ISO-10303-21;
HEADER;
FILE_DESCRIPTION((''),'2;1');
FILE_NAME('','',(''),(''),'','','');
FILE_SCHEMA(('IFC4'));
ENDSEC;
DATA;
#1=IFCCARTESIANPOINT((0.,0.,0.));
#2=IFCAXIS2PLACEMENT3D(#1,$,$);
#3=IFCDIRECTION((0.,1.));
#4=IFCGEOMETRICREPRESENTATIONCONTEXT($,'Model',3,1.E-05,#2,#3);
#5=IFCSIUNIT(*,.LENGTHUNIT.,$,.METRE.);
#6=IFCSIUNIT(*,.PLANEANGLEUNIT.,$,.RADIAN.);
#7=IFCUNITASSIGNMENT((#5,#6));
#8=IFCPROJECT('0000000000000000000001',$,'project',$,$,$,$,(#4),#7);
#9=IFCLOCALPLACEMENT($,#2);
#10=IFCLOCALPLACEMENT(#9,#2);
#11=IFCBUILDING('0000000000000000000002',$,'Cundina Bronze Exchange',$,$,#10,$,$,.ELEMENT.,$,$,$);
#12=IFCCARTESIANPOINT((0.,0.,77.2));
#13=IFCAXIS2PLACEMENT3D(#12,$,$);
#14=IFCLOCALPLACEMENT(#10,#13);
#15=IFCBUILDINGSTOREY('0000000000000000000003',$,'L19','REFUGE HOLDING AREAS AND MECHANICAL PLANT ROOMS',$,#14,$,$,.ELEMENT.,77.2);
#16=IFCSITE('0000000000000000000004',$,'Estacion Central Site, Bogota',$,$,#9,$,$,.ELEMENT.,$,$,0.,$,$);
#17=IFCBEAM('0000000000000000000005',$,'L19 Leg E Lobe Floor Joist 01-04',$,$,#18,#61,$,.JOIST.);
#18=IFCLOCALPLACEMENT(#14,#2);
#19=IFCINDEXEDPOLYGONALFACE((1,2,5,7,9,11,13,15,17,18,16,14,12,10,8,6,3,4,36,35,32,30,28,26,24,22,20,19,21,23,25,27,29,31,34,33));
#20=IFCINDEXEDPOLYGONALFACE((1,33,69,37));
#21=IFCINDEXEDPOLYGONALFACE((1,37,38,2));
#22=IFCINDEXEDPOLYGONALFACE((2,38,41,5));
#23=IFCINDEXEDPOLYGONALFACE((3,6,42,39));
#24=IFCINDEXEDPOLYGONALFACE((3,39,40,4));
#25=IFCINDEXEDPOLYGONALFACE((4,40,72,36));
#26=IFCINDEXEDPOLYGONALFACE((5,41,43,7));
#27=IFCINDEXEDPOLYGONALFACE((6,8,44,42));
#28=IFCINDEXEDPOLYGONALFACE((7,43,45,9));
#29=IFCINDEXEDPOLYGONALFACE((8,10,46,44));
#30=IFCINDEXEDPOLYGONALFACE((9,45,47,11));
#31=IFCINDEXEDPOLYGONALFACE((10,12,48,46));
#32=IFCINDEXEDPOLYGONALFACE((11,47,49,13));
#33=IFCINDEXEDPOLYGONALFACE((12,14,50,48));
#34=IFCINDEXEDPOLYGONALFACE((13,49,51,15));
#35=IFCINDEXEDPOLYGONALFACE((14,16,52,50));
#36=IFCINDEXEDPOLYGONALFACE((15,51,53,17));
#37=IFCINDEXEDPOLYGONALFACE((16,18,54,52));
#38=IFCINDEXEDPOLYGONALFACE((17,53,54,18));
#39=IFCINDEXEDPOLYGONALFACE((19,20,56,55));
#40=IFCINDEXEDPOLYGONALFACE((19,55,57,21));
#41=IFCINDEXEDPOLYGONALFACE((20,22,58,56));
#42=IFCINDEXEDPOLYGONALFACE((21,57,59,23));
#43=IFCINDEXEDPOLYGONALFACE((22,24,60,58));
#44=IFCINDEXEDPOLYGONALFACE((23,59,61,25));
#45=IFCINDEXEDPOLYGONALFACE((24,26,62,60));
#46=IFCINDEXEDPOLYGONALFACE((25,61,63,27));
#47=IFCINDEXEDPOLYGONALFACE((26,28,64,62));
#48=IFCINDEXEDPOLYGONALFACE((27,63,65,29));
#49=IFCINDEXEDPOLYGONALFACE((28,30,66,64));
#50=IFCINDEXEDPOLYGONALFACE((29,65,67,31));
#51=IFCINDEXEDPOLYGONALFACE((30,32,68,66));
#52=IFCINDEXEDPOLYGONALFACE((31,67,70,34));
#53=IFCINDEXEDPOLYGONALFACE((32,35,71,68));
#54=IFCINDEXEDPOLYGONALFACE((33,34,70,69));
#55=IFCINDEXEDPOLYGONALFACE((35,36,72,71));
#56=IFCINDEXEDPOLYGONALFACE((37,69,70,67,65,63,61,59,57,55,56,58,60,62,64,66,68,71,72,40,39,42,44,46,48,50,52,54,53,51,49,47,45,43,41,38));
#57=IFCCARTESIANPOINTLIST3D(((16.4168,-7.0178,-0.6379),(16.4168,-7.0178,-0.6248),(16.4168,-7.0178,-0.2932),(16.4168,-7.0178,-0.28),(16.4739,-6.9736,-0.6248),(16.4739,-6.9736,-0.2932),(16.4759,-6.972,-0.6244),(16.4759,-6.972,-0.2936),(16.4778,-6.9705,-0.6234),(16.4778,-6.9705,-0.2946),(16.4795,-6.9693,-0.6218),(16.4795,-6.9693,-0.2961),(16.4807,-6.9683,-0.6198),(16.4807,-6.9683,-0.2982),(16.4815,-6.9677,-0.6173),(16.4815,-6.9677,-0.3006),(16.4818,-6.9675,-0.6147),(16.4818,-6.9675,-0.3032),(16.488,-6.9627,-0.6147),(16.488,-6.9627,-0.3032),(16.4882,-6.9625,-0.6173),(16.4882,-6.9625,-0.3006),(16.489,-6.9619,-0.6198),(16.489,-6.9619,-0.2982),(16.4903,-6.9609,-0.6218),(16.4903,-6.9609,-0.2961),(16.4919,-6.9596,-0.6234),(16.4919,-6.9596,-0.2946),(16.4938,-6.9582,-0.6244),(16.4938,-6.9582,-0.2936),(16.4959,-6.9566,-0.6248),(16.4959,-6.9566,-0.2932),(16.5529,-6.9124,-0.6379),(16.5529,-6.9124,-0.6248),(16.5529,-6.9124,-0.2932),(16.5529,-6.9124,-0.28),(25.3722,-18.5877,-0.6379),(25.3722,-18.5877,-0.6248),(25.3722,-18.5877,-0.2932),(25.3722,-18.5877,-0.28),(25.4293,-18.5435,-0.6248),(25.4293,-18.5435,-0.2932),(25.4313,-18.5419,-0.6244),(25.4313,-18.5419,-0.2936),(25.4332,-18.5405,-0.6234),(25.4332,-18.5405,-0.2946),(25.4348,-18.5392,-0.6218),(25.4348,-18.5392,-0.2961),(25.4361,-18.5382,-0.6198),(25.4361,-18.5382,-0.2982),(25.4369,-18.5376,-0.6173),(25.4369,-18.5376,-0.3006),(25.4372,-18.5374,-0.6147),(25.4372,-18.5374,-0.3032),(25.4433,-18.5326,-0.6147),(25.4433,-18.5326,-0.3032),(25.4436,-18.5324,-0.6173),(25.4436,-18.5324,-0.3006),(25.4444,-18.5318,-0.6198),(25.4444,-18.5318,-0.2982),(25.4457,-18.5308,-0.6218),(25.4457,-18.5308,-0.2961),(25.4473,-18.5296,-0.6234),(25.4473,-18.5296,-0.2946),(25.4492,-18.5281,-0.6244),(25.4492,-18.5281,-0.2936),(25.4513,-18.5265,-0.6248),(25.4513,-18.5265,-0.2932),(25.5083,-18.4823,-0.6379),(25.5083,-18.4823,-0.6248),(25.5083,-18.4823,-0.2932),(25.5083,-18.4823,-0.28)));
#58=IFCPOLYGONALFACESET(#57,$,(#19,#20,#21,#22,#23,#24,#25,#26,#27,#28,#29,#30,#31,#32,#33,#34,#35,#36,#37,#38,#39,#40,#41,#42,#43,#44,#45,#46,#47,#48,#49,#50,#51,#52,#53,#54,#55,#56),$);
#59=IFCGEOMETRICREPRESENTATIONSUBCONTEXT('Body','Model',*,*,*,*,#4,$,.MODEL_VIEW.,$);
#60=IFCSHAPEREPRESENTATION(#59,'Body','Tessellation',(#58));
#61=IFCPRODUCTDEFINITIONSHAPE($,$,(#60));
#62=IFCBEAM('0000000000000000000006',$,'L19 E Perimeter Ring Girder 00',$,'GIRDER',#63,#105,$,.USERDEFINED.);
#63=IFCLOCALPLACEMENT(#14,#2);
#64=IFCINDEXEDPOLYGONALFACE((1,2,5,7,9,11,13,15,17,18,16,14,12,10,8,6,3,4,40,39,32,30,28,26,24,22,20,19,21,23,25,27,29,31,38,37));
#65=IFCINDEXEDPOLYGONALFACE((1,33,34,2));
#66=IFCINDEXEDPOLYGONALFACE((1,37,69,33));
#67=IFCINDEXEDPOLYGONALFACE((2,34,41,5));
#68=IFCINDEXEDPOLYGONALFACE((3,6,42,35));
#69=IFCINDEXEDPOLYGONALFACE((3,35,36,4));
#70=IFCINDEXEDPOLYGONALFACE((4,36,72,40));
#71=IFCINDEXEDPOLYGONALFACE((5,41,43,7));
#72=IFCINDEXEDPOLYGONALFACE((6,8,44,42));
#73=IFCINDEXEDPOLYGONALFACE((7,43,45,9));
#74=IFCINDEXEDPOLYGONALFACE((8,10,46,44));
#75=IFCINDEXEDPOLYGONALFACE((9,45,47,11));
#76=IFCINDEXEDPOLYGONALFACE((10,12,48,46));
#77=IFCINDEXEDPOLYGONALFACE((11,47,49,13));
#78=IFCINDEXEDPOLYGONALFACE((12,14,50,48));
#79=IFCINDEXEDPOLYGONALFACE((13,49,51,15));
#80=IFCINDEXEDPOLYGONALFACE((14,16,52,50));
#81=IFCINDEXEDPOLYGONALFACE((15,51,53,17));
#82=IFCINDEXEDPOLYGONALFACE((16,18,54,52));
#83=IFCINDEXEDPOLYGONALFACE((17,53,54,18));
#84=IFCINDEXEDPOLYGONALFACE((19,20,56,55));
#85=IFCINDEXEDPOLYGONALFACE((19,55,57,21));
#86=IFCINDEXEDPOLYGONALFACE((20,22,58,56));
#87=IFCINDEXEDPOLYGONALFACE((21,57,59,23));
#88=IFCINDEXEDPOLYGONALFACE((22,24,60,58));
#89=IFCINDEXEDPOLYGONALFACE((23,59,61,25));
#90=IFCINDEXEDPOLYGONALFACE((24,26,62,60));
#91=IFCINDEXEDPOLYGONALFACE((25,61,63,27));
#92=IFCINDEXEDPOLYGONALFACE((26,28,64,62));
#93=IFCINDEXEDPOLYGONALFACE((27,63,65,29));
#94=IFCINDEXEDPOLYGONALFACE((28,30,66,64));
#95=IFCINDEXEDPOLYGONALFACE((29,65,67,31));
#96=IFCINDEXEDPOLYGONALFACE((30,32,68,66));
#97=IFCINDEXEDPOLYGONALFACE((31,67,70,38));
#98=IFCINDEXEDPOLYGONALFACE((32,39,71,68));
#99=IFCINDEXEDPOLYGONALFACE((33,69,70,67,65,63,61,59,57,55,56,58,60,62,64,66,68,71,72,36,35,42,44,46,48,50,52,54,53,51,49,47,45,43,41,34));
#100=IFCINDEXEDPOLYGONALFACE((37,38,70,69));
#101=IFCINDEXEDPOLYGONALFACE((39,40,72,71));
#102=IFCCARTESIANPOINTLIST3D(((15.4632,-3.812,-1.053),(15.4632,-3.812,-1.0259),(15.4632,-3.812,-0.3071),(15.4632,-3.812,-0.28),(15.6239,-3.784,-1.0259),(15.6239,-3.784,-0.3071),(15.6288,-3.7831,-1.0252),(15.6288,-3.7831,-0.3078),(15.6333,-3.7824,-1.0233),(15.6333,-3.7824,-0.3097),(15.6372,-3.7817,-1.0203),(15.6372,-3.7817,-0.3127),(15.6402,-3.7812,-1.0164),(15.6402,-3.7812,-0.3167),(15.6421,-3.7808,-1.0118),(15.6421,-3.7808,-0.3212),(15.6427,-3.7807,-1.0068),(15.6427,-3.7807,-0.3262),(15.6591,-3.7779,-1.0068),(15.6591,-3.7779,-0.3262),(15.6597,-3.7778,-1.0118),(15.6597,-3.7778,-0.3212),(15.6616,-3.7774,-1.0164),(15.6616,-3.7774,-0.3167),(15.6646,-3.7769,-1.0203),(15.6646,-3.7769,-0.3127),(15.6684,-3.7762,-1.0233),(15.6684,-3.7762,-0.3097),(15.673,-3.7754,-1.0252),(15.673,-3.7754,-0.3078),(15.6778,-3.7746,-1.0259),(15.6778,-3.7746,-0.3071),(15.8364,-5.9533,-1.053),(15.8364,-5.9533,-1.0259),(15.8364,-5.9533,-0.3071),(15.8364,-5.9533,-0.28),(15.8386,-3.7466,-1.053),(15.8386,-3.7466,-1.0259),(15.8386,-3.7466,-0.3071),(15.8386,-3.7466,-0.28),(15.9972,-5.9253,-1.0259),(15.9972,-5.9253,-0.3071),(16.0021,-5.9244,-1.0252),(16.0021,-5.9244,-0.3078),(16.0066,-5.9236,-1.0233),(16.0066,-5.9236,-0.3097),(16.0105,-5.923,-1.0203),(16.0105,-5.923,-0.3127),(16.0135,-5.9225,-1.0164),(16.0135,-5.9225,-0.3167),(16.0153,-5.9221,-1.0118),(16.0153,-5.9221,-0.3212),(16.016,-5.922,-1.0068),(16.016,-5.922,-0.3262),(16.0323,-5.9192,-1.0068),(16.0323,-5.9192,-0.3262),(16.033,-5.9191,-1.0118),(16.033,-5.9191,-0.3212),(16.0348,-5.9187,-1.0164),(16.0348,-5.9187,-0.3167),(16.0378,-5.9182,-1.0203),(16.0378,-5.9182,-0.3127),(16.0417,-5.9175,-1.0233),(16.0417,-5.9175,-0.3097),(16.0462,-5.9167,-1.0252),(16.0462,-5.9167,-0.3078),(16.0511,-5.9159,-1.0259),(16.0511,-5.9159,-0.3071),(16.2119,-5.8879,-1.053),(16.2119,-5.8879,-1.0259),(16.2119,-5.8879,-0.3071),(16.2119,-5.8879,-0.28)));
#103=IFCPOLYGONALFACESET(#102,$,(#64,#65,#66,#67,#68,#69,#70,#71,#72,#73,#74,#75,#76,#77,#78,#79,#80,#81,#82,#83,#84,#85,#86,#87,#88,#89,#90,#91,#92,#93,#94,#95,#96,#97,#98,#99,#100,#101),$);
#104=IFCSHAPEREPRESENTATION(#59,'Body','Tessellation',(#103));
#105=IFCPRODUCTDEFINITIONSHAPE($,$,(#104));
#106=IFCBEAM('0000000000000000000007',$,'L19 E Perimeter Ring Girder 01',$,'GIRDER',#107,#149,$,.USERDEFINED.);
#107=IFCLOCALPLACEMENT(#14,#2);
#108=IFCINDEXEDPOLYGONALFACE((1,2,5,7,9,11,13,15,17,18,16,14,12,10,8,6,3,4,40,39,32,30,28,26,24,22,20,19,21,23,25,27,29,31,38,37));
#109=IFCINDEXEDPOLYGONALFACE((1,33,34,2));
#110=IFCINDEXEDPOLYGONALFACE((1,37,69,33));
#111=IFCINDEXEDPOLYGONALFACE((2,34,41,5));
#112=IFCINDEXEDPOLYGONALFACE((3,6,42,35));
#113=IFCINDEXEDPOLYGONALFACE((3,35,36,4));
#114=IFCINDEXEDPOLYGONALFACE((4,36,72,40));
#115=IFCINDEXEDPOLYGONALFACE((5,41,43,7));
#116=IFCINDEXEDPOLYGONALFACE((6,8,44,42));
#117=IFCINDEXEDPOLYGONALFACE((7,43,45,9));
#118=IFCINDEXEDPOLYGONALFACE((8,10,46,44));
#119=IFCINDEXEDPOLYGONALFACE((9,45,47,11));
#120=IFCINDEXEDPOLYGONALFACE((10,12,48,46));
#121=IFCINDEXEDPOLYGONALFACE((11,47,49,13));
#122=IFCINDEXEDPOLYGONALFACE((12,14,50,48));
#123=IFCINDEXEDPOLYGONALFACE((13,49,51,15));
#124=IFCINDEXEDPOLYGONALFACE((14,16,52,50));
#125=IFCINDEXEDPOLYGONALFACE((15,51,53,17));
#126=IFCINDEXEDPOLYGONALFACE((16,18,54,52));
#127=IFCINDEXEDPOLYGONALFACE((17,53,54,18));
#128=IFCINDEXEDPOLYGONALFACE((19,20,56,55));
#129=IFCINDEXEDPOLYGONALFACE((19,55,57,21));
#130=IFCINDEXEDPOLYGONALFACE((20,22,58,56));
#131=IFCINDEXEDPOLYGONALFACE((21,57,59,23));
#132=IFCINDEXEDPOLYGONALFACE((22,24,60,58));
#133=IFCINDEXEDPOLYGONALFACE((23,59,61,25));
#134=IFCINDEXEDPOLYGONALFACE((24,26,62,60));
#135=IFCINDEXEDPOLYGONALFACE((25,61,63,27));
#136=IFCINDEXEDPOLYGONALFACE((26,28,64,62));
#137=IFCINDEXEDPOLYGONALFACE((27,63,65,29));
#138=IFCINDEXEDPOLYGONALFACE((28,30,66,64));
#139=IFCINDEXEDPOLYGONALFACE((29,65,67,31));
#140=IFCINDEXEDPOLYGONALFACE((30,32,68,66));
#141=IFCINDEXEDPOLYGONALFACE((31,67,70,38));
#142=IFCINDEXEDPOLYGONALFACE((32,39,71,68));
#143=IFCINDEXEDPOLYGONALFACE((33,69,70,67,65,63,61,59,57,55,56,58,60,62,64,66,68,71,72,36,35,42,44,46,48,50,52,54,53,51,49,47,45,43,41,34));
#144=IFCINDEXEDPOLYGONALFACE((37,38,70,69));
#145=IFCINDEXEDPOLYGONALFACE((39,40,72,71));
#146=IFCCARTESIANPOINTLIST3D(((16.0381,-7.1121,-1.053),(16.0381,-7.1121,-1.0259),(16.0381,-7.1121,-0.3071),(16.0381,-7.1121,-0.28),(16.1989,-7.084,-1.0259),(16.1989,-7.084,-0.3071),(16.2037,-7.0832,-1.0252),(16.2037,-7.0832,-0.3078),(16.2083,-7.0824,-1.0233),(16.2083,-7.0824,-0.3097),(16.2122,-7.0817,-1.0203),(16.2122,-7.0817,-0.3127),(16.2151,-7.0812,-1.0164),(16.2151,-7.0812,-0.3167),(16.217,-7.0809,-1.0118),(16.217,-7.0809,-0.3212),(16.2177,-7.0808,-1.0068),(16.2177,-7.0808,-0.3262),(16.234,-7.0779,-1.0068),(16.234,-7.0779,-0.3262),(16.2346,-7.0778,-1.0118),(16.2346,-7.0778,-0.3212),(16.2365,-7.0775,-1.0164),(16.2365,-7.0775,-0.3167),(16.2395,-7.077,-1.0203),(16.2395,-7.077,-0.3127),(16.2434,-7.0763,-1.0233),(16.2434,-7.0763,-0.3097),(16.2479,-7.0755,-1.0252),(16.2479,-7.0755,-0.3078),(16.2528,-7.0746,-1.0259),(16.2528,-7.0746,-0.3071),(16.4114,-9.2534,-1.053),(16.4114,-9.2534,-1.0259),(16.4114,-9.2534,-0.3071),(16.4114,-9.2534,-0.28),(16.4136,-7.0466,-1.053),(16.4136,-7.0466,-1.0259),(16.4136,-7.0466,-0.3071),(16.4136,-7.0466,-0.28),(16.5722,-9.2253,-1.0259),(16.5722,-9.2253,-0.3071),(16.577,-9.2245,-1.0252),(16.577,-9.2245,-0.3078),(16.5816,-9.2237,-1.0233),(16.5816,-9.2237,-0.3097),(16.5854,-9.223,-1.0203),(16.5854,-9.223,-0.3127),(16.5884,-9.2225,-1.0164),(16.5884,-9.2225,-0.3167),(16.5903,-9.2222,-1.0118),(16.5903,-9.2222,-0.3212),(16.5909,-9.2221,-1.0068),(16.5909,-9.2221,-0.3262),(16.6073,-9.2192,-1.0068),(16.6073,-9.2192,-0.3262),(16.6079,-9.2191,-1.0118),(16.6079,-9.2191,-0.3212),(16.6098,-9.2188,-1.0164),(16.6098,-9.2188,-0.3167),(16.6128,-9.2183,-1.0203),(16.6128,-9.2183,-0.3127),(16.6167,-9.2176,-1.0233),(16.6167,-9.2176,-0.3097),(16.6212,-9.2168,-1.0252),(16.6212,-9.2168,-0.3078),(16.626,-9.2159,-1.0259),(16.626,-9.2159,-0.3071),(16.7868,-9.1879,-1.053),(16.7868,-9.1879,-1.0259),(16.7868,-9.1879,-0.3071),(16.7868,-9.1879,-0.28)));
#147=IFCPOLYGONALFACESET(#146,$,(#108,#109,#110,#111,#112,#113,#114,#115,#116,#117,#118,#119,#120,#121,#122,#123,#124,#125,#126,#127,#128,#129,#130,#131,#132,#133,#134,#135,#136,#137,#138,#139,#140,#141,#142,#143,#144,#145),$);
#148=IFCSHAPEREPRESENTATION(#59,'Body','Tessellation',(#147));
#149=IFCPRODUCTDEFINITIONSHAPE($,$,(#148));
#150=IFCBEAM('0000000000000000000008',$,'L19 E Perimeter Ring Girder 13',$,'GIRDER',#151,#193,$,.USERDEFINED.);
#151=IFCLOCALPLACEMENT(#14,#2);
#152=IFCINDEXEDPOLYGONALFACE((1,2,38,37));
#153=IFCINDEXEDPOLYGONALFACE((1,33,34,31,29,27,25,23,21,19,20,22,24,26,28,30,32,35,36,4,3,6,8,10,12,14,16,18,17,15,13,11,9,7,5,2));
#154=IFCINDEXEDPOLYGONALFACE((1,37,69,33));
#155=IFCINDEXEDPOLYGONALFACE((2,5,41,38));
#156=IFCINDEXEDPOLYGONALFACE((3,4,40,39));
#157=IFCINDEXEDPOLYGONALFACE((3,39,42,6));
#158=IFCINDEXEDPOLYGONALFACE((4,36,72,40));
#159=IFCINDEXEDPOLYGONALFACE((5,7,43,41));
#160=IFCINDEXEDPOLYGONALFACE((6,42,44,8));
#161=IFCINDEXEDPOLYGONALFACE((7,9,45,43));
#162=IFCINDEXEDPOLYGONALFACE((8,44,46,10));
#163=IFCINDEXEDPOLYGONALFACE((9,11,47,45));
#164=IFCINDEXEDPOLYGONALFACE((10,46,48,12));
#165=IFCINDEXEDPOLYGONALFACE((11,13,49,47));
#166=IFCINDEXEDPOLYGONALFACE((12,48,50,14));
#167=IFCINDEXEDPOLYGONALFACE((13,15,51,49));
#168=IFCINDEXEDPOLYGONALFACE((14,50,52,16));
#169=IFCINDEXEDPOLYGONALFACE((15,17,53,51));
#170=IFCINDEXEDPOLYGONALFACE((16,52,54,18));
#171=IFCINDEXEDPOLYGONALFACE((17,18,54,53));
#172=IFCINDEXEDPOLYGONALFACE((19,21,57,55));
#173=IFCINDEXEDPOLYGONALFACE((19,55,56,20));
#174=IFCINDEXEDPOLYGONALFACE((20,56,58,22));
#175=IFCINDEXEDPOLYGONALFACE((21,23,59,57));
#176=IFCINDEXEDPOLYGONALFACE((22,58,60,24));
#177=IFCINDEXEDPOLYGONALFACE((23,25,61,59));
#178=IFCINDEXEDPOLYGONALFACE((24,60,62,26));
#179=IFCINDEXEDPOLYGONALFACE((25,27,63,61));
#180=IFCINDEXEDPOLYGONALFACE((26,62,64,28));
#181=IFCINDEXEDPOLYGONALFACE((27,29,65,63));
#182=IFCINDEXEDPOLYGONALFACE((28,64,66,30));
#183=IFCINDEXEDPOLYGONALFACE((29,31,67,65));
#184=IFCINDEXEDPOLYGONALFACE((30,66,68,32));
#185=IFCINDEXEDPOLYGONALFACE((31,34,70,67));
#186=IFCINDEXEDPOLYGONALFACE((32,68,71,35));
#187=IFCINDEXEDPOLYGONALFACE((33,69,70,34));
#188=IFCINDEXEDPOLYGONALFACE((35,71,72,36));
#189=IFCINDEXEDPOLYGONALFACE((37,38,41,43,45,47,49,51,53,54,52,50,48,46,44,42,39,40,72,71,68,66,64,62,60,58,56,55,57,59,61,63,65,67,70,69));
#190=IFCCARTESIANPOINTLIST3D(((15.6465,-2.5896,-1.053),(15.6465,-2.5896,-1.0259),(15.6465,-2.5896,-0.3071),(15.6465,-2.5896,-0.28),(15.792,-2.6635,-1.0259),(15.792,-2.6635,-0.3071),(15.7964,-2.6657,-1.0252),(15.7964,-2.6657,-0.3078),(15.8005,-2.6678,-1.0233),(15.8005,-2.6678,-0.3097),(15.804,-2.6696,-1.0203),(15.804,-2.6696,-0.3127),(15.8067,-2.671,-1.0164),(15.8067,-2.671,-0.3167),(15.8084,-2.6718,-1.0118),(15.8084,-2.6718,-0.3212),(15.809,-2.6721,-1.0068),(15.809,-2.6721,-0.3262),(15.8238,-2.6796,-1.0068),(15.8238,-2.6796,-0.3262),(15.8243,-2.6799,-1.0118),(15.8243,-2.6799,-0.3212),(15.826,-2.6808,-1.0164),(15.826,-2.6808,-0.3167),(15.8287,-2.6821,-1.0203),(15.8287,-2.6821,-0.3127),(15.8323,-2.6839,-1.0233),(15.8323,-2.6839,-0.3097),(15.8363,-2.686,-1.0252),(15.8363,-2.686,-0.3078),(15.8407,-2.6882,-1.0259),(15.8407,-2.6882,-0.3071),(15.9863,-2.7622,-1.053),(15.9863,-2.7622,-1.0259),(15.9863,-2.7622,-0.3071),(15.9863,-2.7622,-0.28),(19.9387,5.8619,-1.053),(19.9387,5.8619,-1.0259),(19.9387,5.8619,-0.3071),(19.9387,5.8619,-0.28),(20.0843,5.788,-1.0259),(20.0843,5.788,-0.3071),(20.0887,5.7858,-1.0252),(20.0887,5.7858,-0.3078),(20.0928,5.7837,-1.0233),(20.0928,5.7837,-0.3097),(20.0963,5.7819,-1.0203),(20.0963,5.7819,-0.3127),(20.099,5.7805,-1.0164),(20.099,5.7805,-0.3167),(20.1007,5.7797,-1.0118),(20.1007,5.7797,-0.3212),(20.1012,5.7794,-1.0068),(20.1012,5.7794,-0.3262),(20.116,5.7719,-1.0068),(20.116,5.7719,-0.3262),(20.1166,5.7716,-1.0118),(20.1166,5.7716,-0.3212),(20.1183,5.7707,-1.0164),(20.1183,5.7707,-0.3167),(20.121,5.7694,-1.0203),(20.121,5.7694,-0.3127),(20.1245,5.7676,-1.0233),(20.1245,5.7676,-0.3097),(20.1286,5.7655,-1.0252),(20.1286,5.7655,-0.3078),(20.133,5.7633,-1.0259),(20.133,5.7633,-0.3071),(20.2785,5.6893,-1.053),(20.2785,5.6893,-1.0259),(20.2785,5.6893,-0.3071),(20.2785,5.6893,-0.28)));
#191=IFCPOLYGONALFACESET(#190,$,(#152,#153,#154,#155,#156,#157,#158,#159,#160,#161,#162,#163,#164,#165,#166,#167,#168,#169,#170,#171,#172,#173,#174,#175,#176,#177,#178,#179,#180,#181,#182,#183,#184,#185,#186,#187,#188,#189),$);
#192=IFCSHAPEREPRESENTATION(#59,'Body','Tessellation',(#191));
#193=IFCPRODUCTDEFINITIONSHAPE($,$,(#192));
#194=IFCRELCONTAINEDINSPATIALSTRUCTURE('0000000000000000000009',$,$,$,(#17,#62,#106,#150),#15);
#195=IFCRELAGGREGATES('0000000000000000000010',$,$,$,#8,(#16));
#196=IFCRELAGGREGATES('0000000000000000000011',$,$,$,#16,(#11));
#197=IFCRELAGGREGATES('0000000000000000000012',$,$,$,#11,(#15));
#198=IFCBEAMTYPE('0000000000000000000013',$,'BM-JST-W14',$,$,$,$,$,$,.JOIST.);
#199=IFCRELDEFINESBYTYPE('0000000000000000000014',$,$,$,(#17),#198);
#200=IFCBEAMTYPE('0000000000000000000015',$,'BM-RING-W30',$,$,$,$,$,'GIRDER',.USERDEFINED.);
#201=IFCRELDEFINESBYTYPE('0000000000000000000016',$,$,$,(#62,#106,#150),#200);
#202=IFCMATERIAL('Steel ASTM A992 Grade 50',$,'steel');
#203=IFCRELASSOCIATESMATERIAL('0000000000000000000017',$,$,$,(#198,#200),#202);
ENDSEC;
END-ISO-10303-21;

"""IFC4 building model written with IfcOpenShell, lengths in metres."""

from ifc_helpers import new_model, si_unit, direction, frame, origin, origin_2d, place, context, subcontext, project, spatial, i_section, extrude, material, material_profile, profile_set, type_object, element, save


model = new_model("IFC4")

# Units and contexts
model_context = context("Model", 3, precision=1e-05, world=origin(), true_north=direction((0.0, 1.0)))
body_context = subcontext(model_context, "Body", "Model", "MODEL_VIEW")
ifc_project = project(units=[si_unit("LENGTHUNIT", "METRE"), si_unit("PLANEANGLEUNIT", "RADIAN")], contexts=[model_context])

# Site, building, storey
site_placement = place(None, origin())
site = spatial("IfcSite", under=ifc_project, at=site_placement, Name="Estacion Central Site, Bogota", CompositionType="ELEMENT", RefElevation=0.0)
building_placement = place(site_placement, origin())
building = spatial("IfcBuilding", under=site, at=building_placement, Name="Cundina Bronze Exchange", CompositionType="ELEMENT")
storey_placement = place(building_placement, frame((0.0, 0.0, 77.2)))
storey = spatial("IfcBuildingStorey", under=building, at=storey_placement, Name="L19", Description="REFUGE HOLDING AREAS AND MECHANICAL PLANT ROOMS", CompositionType="ELEMENT", Elevation=77.2)

# Beams
ifc_material_1 = material(Name="Steel ASTM A992 Grade 50", Category="steel")
ifc_material_profile_1 = material_profile(ifc_material_1, i_section(OverallWidth=0.1721, OverallDepth=0.3579, WebThickness=0.0078, FlangeThickness=0.0132, FilletRadius=0.01, at=origin_2d()), Name="W14X38", Category="steel")
ifc_profile_set_1 = profile_set([ifc_material_profile_1], Name="Steel ASTM A992 Grade 50")
beam_type_1 = type_object("IfcBeamType", Name="BM-JST-W14", PredefinedType="JOIST", material=ifc_profile_set_1)
beam_1_placement = place(storey_placement, frame((16.4849, -6.9651, -0.459), z_axis=(0.612089, -0.790789, 0.0), x_axis=(0.790789, 0.612089, 0.0)))
element("IfcBeam", 1, at=beam_1_placement, inside=storey, type_object=beam_type_1, Name="L19 Leg E Lobe Floor Joist 01-04", PredefinedType="JOIST", context=body_context, shape_type="SweptSolid", body=[
    extrude(i_section(OverallWidth=0.1721, OverallDepth=0.3579, WebThickness=0.0078, FlangeThickness=0.0132, FilletRadius=0.01, at=origin_2d()), origin(), (0.0, 0.0, 1.0), 14.6309),
])
ifc_material_profile_2 = material_profile(ifc_material_1, i_section(OverallWidth=0.3811, OverallDepth=0.7729, WebThickness=0.0166, FlangeThickness=0.0271, FilletRadius=0.019, at=origin_2d()), Name="W30X173", Category="steel")
ifc_profile_set_2 = profile_set([ifc_material_profile_2], Name="Steel ASTM A992 Grade 50")
beam_type_2 = type_object("IfcBeamType", Name="BM-RING-W30", ElementType="GIRDER", PredefinedType="USERDEFINED", material=ifc_profile_set_2)
for number, where, z_axis, x_axis, name in (
    (2, (15.6509, -3.7793, -0.6665), (0.171735, -0.985143, 0.0), (0.985143, 0.171735, 0.0), "L19 E Perimeter Ring Girder 00"),
    (3, (16.2258, -7.0793, -0.6665), (0.171735, -0.985143, 0.0), (0.985143, 0.171735, 0.0), "L19 E Perimeter Ring Girder 01"),
):
    element("IfcBeam", number, at=place(storey_placement, frame(where, z_axis=z_axis, x_axis=x_axis)), inside=storey, type_object=beam_type_2, Name=name, ObjectType="GIRDER", PredefinedType="USERDEFINED", context=body_context, shape_type="SweptSolid", body=[
        extrude(i_section(OverallWidth=0.3811, OverallDepth=0.7729, WebThickness=0.0166, FlangeThickness=0.0271, FilletRadius=0.019, at=origin_2d()), origin(), (0.0, 0.0, 1.0), 2.1736),
    ])
beam_2_placement = place(storey_placement, frame((20.1086, 5.7756, -0.6665), z_axis=(-0.45282, -0.891602, 0.0), x_axis=(0.891602, -0.45282, 0.0)))
element("IfcBeam", 4, at=beam_2_placement, inside=storey, type_object=beam_type_2, Name="L19 E Perimeter Ring Girder 13", ObjectType="GIRDER", PredefinedType="USERDEFINED", context=body_context, shape_type="SweptSolid", body=[
    extrude(i_section(OverallWidth=0.3811, OverallDepth=0.7729, WebThickness=0.0166, FlangeThickness=0.0271, FilletRadius=0.019, at=origin_2d()), origin(), (0.0, 0.0, 1.0), 9.479),
])

save(model, "model.ifc")
